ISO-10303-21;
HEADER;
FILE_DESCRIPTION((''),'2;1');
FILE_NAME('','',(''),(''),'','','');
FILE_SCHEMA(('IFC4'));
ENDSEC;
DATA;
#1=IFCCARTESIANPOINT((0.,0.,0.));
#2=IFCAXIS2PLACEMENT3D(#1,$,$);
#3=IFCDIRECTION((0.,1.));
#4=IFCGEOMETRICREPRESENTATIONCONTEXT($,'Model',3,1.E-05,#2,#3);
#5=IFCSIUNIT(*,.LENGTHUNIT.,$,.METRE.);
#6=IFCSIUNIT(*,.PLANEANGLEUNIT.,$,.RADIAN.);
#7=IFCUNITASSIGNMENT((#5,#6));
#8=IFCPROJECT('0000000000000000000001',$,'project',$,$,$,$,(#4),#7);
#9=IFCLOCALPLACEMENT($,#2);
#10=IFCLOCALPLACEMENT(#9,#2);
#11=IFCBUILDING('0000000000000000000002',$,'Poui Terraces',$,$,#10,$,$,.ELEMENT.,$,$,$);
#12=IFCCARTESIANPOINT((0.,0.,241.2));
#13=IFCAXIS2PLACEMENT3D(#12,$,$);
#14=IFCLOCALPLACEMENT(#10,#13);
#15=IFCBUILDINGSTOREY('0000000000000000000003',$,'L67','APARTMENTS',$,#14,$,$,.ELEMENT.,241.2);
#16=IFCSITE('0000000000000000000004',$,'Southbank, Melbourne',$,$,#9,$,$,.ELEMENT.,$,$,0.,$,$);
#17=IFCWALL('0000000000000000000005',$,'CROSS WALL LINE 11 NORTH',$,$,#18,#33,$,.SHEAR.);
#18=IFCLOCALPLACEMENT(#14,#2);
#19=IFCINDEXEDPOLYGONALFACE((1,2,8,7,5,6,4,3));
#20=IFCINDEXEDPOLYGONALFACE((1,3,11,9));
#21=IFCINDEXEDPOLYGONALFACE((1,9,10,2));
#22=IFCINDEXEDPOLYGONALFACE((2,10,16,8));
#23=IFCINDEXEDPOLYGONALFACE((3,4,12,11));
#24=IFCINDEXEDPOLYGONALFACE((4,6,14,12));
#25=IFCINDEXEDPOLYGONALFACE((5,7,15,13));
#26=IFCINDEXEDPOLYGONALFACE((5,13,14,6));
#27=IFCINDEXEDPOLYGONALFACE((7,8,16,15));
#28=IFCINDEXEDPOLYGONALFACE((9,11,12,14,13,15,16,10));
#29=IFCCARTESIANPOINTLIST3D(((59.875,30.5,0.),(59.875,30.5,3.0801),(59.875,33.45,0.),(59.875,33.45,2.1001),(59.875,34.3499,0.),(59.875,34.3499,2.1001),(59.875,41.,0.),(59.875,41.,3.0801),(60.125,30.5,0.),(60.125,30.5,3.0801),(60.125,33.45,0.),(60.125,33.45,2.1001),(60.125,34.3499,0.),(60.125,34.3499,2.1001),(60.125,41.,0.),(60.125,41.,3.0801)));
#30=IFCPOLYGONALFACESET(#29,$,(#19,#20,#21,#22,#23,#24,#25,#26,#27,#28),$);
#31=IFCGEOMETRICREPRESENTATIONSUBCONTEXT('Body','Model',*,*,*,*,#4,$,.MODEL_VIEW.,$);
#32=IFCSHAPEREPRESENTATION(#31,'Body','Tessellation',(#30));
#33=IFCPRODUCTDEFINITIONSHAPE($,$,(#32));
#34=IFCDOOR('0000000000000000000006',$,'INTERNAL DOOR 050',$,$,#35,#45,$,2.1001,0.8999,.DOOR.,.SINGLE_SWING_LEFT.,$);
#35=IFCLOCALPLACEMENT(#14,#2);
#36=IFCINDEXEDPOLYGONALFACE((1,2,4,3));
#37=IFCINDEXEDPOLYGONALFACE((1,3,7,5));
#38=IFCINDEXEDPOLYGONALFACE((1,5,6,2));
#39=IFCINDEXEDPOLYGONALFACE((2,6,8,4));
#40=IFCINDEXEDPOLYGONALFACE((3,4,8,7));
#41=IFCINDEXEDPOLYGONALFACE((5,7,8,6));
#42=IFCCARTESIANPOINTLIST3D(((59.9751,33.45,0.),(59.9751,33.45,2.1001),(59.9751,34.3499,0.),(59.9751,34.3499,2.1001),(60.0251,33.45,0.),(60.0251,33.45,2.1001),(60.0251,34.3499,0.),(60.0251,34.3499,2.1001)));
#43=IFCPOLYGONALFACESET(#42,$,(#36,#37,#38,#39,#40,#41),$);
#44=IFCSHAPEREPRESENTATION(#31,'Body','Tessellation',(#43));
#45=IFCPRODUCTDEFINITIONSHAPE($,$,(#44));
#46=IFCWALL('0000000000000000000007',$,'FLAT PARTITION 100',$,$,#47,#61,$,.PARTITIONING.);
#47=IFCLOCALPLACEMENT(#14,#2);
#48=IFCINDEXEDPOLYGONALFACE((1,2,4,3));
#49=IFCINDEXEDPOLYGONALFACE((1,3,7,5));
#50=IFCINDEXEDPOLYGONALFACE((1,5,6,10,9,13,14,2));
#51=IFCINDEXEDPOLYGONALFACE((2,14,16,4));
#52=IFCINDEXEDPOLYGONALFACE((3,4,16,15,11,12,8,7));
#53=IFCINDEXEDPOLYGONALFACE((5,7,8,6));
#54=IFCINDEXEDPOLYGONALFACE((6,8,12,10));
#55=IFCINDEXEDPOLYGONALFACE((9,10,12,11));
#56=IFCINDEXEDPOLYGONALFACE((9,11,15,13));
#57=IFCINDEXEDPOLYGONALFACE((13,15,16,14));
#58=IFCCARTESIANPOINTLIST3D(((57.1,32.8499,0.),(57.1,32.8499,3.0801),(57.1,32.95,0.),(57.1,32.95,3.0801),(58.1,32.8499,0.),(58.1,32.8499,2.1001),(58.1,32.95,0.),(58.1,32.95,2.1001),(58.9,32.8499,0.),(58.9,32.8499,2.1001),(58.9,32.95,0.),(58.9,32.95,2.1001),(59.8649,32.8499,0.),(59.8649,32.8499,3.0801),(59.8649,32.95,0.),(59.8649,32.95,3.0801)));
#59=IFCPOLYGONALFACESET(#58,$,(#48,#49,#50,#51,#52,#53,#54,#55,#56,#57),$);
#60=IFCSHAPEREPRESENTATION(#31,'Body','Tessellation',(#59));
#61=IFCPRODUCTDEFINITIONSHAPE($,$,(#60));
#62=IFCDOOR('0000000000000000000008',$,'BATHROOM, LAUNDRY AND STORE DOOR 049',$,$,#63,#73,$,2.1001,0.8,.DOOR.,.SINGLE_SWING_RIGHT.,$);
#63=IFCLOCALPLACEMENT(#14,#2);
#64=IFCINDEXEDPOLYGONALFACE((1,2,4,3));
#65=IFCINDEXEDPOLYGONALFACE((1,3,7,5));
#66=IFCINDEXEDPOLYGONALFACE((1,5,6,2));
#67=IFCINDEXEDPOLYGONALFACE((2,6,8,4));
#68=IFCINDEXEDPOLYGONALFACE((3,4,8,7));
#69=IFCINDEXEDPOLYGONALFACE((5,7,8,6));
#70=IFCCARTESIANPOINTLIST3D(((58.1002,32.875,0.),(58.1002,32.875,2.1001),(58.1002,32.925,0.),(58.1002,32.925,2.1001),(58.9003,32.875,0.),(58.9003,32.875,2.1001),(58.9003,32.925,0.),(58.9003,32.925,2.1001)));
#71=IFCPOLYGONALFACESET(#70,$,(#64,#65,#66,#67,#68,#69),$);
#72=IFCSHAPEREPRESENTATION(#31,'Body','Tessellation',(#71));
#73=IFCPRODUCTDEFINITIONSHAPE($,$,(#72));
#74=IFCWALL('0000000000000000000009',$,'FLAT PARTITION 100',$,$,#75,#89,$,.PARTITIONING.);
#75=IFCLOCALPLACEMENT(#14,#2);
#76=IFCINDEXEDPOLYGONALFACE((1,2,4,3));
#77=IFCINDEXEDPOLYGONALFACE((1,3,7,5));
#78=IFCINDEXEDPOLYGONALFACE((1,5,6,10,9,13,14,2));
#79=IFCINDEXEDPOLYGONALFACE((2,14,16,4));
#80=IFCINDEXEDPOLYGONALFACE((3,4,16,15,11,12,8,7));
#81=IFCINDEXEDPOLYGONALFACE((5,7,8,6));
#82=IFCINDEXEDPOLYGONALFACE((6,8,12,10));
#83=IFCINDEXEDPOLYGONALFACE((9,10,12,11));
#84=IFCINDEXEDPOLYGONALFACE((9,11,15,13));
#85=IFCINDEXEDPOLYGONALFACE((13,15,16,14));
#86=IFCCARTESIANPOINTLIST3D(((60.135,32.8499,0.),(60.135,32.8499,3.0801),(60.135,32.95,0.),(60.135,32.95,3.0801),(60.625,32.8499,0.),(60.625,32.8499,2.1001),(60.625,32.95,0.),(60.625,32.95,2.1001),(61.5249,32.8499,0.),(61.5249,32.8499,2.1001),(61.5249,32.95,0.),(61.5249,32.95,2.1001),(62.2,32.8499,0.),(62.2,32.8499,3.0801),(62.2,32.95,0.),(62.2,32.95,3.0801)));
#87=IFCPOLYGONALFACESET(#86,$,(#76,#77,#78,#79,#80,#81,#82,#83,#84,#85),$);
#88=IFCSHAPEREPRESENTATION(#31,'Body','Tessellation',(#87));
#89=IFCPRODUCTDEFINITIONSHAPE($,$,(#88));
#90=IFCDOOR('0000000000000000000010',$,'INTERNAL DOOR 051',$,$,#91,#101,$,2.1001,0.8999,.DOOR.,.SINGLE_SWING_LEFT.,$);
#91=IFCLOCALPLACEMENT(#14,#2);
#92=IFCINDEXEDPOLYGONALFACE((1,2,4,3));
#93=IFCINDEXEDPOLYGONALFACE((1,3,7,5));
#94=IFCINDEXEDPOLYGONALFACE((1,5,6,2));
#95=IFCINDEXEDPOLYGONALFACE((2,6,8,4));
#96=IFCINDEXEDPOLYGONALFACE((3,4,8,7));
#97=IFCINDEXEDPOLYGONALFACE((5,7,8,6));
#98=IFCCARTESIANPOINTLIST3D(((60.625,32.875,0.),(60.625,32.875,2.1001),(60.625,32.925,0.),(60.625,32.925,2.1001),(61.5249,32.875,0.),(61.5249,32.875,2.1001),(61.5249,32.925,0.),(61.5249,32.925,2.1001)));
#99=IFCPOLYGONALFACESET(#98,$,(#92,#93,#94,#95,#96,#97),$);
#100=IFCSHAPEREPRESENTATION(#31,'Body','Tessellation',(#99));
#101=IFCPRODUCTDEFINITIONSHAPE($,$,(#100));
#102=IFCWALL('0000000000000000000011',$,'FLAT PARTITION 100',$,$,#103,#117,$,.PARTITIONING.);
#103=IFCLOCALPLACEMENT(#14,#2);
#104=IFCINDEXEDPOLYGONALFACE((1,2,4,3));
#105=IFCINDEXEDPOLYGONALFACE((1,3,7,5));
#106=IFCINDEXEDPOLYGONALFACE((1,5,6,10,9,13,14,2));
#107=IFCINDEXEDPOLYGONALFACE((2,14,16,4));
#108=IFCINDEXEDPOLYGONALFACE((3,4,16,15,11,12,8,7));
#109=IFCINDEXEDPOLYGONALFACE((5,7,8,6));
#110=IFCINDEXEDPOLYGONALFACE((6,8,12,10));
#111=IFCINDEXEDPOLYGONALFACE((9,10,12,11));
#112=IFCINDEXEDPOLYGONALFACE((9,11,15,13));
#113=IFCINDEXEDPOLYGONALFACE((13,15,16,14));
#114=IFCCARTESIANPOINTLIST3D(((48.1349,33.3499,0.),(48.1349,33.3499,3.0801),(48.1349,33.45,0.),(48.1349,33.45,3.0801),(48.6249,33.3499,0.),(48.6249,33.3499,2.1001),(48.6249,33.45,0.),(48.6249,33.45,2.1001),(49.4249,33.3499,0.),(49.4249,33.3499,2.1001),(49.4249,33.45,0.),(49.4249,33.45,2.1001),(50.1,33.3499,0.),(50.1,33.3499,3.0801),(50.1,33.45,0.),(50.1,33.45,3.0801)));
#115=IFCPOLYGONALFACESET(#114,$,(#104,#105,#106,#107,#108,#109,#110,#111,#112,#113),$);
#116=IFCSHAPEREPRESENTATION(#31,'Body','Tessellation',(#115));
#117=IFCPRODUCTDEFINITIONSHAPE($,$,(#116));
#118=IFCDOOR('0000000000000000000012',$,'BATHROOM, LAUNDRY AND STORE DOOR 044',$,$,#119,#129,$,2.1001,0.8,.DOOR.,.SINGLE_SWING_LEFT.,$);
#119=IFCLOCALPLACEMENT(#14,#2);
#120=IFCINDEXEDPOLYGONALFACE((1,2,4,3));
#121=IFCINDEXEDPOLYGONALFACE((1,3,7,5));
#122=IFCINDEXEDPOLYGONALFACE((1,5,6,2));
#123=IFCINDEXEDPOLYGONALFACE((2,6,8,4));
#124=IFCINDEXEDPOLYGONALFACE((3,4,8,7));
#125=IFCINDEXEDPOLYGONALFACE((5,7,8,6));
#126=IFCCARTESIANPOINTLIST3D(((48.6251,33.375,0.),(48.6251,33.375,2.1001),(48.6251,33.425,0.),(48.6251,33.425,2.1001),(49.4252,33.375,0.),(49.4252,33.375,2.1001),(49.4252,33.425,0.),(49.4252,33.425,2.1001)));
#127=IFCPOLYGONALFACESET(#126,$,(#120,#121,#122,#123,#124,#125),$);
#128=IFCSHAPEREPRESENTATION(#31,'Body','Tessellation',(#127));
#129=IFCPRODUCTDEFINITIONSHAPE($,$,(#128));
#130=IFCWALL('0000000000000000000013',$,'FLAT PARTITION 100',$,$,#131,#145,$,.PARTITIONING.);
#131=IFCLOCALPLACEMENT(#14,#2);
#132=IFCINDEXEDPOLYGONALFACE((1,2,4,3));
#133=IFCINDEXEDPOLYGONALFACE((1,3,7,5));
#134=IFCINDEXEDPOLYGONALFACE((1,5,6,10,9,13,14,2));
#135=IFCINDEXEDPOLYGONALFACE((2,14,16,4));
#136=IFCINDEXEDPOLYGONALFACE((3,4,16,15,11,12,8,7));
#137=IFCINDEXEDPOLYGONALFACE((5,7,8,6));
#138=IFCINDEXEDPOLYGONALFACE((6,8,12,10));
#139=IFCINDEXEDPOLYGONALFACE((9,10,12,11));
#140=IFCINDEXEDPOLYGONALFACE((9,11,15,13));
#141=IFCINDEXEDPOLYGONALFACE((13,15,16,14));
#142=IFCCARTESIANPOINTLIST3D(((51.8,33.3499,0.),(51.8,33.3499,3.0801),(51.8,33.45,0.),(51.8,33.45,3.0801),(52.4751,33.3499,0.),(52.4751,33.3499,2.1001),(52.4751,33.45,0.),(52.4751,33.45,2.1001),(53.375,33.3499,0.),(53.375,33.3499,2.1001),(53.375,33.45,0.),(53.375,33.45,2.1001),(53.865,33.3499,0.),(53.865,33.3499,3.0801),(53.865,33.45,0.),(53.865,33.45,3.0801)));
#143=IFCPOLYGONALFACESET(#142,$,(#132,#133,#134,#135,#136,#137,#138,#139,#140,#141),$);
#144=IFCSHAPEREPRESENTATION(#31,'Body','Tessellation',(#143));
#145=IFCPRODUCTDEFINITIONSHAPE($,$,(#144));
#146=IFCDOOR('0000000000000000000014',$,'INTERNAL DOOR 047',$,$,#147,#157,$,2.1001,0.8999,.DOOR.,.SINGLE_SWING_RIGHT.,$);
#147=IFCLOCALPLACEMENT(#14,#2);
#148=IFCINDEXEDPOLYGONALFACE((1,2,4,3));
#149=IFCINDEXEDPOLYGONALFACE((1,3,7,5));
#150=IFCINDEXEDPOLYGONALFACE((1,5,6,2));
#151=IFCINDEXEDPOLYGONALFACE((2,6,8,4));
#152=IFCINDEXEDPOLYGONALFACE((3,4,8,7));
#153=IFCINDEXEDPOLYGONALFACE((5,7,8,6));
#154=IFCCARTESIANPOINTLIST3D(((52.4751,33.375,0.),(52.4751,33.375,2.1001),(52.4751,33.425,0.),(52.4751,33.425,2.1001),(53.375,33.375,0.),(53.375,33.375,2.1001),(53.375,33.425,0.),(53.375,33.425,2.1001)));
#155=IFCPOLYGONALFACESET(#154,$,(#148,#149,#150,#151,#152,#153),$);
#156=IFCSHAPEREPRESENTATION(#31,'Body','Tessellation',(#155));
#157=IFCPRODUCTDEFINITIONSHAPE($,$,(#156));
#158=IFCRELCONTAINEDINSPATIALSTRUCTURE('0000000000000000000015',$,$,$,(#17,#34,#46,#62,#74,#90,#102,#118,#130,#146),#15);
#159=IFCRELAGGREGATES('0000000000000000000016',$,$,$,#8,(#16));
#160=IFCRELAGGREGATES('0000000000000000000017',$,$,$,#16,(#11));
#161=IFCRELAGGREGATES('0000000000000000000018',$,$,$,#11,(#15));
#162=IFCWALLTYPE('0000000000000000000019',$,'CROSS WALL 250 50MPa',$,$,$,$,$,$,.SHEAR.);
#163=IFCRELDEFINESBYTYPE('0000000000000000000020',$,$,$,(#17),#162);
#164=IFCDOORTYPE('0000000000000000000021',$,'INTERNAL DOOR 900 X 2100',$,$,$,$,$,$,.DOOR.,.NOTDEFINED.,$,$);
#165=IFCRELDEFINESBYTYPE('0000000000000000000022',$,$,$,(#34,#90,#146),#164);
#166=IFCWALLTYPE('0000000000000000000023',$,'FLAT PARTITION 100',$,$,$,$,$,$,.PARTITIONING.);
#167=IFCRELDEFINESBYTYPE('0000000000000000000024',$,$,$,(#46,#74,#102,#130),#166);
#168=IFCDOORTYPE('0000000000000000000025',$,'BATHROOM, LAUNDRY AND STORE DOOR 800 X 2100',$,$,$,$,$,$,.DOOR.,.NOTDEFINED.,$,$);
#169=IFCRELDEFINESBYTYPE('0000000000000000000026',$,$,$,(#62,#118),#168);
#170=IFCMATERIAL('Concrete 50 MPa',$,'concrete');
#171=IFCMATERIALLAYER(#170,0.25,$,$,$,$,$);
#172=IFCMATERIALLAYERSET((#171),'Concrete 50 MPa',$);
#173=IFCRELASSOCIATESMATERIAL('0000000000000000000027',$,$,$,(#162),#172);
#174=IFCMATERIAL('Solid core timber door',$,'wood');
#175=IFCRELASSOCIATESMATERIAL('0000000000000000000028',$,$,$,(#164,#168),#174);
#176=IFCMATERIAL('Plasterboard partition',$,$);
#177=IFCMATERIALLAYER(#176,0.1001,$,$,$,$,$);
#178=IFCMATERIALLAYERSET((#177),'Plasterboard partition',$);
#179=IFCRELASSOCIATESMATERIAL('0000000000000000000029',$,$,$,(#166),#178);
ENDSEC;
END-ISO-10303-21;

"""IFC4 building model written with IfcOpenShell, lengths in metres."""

from ifc_helpers import new_model, si_unit, direction, frame, frame_2d, origin, place, context, subcontext, project, spatial, rectangle, extrude, material, layer, layer_set, type_object, element, fill, save


model = new_model("IFC4")

# Units and contexts
model_context = context("Model", 3, precision=1e-05, world=origin(), true_north=direction((0.0, 1.0)))
body_context = subcontext(model_context, "Body", "Model", "MODEL_VIEW")
ifc_project = project(units=[si_unit("LENGTHUNIT", "METRE"), si_unit("PLANEANGLEUNIT", "RADIAN")], contexts=[model_context])

# Site, building, storey
site_placement = place(None, origin())
site = spatial("IfcSite", under=ifc_project, at=site_placement, Name="Southbank, Melbourne", CompositionType="ELEMENT", RefElevation=0.0)
building_placement = place(site_placement, origin())
building = spatial("IfcBuilding", under=site, at=building_placement, Name="Poui Terraces", CompositionType="ELEMENT")
storey_placement = place(building_placement, frame((0.0, 0.0, 241.2)))
storey = spatial("IfcBuildingStorey", under=building, at=storey_placement, Name="L67", Description="APARTMENTS", CompositionType="ELEMENT", Elevation=241.2)

# Walls, openings, doors
ifc_material_1 = material(Name="Concrete 50 MPa", Category="concrete")
ifc_layer_1 = layer(ifc_material_1, 0.25)
ifc_layer_set_1 = layer_set([ifc_layer_1], Name="Concrete 50 MPa")
wall_type_1 = type_object("IfcWallType", Name="CROSS WALL 250 50MPa", PredefinedType="SHEAR", material=ifc_layer_set_1)
wall_1_placement = place(storey_placement, frame((60.0, 30.5, 0.0), z_axis=(0.0, 0.0, 1.0), x_axis=(0.0, 1.0, 0.0)))
wall_1 = element("IfcWall", 1, at=wall_1_placement, inside=storey, type_object=wall_type_1, Name="CROSS WALL LINE 11 NORTH", PredefinedType="SHEAR", context=body_context, shape_type="SweptSolid", body=[
    extrude(rectangle(XDim=10.5, YDim=0.25, at=frame_2d((5.25, 0.0))), origin(), (0.0, 0.0, 1.0), 3.0801),
])
opening_1_placement = place(wall_1_placement, frame((2.95, 0.0, 0.0)))
opening_1 = element("IfcOpeningElement", 2, at=opening_1_placement, cuts=wall_1, PredefinedType="OPENING", context=body_context, shape_type="SweptSolid", body=[
    extrude(rectangle(XDim=0.8999, YDim=2.1001, at=frame_2d((0.45, 1.05))), frame((0.0, 0.135, 0.0), z_axis=(0.0, -1.0, 0.0), x_axis=(1.0, 0.0, 0.0)), (0.0, 0.0, 1.0), 0.27),
])
ifc_material_2 = material(Name="Solid core timber door", Category="wood")
door_type_1 = type_object("IfcDoorType", Name="INTERNAL DOOR 900 X 2100", OperationType="NOTDEFINED", PredefinedType="DOOR", material=ifc_material_2)
door_1_placement = place(opening_1_placement, origin())
door_1 = element("IfcDoor", 3, at=door_1_placement, inside=storey, type_object=door_type_1, Name="INTERNAL DOOR 050", OperationType="SINGLE_SWING_LEFT", OverallHeight=2.1001, OverallWidth=0.8999, PredefinedType="DOOR", context=body_context, shape_type="SweptSolid", body=[
    extrude(rectangle(XDim=0.8999, YDim=2.1001, at=frame_2d((0.45, 1.05))), frame((0.0, 0.0249, 0.0), z_axis=(0.0, -1.0, 0.0), x_axis=(1.0, 0.0, 0.0)), (0.0, 0.0, 1.0), 0.05),
])
fill(opening_1, door_1)
ifc_material_3 = material(Name="Plasterboard partition")
ifc_layer_2 = layer(ifc_material_3, 0.1001)
ifc_layer_set_2 = layer_set([ifc_layer_2], Name="Plasterboard partition")
wall_type_2 = type_object("IfcWallType", Name="FLAT PARTITION 100", PredefinedType="PARTITIONING", material=ifc_layer_set_2)
wall_2_placement = place(storey_placement, frame((57.1001, 32.8999, 0.0), z_axis=(0.0, 0.0, 1.0), x_axis=(1.0, 0.0, 0.0)))
wall_2 = element("IfcWall", 4, at=wall_2_placement, inside=storey, type_object=wall_type_2, Name="FLAT PARTITION 100", PredefinedType="PARTITIONING", context=body_context, shape_type="SweptSolid", body=[
    extrude(rectangle(XDim=2.7649, YDim=0.1001, at=frame_2d((1.3823, 0.0))), origin(), (0.0, 0.0, 1.0), 3.0801),
])
opening_2_placement = place(wall_2_placement, frame((1.0, 0.0, 0.0)))
opening_2 = element("IfcOpeningElement", 5, at=opening_2_placement, cuts=wall_2, PredefinedType="OPENING", context=body_context, shape_type="SweptSolid", body=[
    extrude(rectangle(XDim=0.8, YDim=2.1001, at=frame_2d((0.3999, 1.05))), frame((0.0, 0.0601, 0.0), z_axis=(0.0, -1.0, 0.0), x_axis=(1.0, 0.0, 0.0)), (0.0, 0.0, 1.0), 0.1201),
])
door_type_2 = type_object("IfcDoorType", Name="BATHROOM, LAUNDRY AND STORE DOOR 800 X 2100", OperationType="NOTDEFINED", PredefinedType="DOOR", material=ifc_material_2)
door_2_placement = place(opening_2_placement, frame((0.8, 0.0, 0.0), z_axis=(0.0, 0.0, 1.0), x_axis=(-1.0, 0.0, 0.0)))
door_2 = element("IfcDoor", 6, at=door_2_placement, inside=storey, type_object=door_type_2, Name="BATHROOM, LAUNDRY AND STORE DOOR 049", OperationType="SINGLE_SWING_RIGHT", OverallHeight=2.1001, OverallWidth=0.8, PredefinedType="DOOR", context=body_context, shape_type="SweptSolid", body=[
    extrude(rectangle(XDim=0.8, YDim=2.1001, at=frame_2d((0.3999, 1.05))), frame((0.0, 0.0249, 0.0), z_axis=(0.0, -1.0, 0.0), x_axis=(1.0, 0.0, 0.0)), (0.0, 0.0, 1.0), 0.05),
])
fill(opening_2, door_2)
wall_3_placement = place(storey_placement, frame((60.135, 32.8999, 0.0), z_axis=(0.0, 0.0, 1.0), x_axis=(1.0, 0.0, 0.0)))
wall_3 = element("IfcWall", 7, at=wall_3_placement, inside=storey, type_object=wall_type_2, Name="FLAT PARTITION 100", PredefinedType="PARTITIONING", context=body_context, shape_type="SweptSolid", body=[
    extrude(rectangle(XDim=2.0649, YDim=0.1001, at=frame_2d((1.0325, 0.0))), origin(), (0.0, 0.0, 1.0), 3.0801),
])
opening_3_placement = place(wall_3_placement, frame((0.49, 0.0, 0.0)))
opening_3 = element("IfcOpeningElement", 8, at=opening_3_placement, cuts=wall_3, PredefinedType="OPENING", context=body_context, shape_type="SweptSolid", body=[
    extrude(rectangle(XDim=0.8999, YDim=2.1001, at=frame_2d((0.45, 1.05))), frame((0.0, 0.0601, 0.0), z_axis=(0.0, -1.0, 0.0), x_axis=(1.0, 0.0, 0.0)), (0.0, 0.0, 1.0), 0.1201),
])
door_3_placement = place(opening_3_placement, frame((0.8999, 0.0, 0.0), z_axis=(0.0, 0.0, 1.0), x_axis=(-1.0, 0.0, 0.0)))
door_3 = element("IfcDoor", 9, at=door_3_placement, inside=storey, type_object=door_type_1, Name="INTERNAL DOOR 051", OperationType="SINGLE_SWING_LEFT", OverallHeight=2.1001, OverallWidth=0.8999, PredefinedType="DOOR", context=body_context, shape_type="SweptSolid", body=[
    extrude(rectangle(XDim=0.8999, YDim=2.1001, at=frame_2d((0.45, 1.05))), frame((0.0, 0.0249, 0.0), z_axis=(0.0, -1.0, 0.0), x_axis=(1.0, 0.0, 0.0)), (0.0, 0.0, 1.0), 0.05),
])
fill(opening_3, door_3)
wall_4_placement = place(storey_placement, frame((48.135, 33.3999, 0.0), z_axis=(0.0, 0.0, 1.0), x_axis=(1.0, 0.0, 0.0)))
wall_4 = element("IfcWall", 10, at=wall_4_placement, inside=storey, type_object=wall_type_2, Name="FLAT PARTITION 100", PredefinedType="PARTITIONING", context=body_context, shape_type="SweptSolid", body=[
    extrude(rectangle(XDim=1.9651, YDim=0.1001, at=frame_2d((0.9824, 0.0))), origin(), (0.0, 0.0, 1.0), 3.0801),
])
opening_4_placement = place(wall_4_placement, frame((0.49, 0.0, 0.0)))
opening_4 = element("IfcOpeningElement", 11, at=opening_4_placement, cuts=wall_4, PredefinedType="OPENING", context=body_context, shape_type="SweptSolid", body=[
    extrude(rectangle(XDim=0.8, YDim=2.1001, at=frame_2d((0.3999, 1.05))), frame((0.0, 0.0601, 0.0), z_axis=(0.0, -1.0, 0.0), x_axis=(1.0, 0.0, 0.0)), (0.0, 0.0, 1.0), 0.1201),
])
door_4_placement = place(opening_4_placement, frame((0.8, 0.0, 0.0), z_axis=(0.0, 0.0, 1.0), x_axis=(-1.0, 0.0, 0.0)))
door_4 = element("IfcDoor", 12, at=door_4_placement, inside=storey, type_object=door_type_2, Name="BATHROOM, LAUNDRY AND STORE DOOR 044", OperationType="SINGLE_SWING_LEFT", OverallHeight=2.1001, OverallWidth=0.8, PredefinedType="DOOR", context=body_context, shape_type="SweptSolid", body=[
    extrude(rectangle(XDim=0.8, YDim=2.1001, at=frame_2d((0.3999, 1.05))), frame((0.0, 0.0249, 0.0), z_axis=(0.0, -1.0, 0.0), x_axis=(1.0, 0.0, 0.0)), (0.0, 0.0, 1.0), 0.05),
])
fill(opening_4, door_4)
wall_5_placement = place(storey_placement, frame((51.8, 33.3999, 0.0), z_axis=(0.0, 0.0, 1.0), x_axis=(1.0, 0.0, 0.0)))
wall_5 = element("IfcWall", 13, at=wall_5_placement, inside=storey, type_object=wall_type_2, Name="FLAT PARTITION 100", PredefinedType="PARTITIONING", context=body_context, shape_type="SweptSolid", body=[
    extrude(rectangle(XDim=2.0649, YDim=0.1001, at=frame_2d((1.0325, 0.0))), origin(), (0.0, 0.0, 1.0), 3.0801),
])
opening_5_placement = place(wall_5_placement, frame((0.675, 0.0, 0.0)))
opening_5 = element("IfcOpeningElement", 14, at=opening_5_placement, cuts=wall_5, PredefinedType="OPENING", context=body_context, shape_type="SweptSolid", body=[
    extrude(rectangle(XDim=0.8999, YDim=2.1001, at=frame_2d((0.45, 1.05))), frame((0.0, 0.0601, 0.0), z_axis=(0.0, -1.0, 0.0), x_axis=(1.0, 0.0, 0.0)), (0.0, 0.0, 1.0), 0.1201),
])
door_5_placement = place(opening_5_placement, frame((0.8999, 0.0, 0.0), z_axis=(0.0, 0.0, 1.0), x_axis=(-1.0, 0.0, 0.0)))
door_5 = element("IfcDoor", 15, at=door_5_placement, inside=storey, type_object=door_type_1, Name="INTERNAL DOOR 047", OperationType="SINGLE_SWING_RIGHT", OverallHeight=2.1001, OverallWidth=0.8999, PredefinedType="DOOR", context=body_context, shape_type="SweptSolid", body=[
    extrude(rectangle(XDim=0.8999, YDim=2.1001, at=frame_2d((0.45, 1.05))), frame((0.0, 0.0249, 0.0), z_axis=(0.0, -1.0, 0.0), x_axis=(1.0, 0.0, 0.0)), (0.0, 0.0, 1.0), 0.05),
])
fill(opening_5, door_5)

save(model, "model.ifc")
